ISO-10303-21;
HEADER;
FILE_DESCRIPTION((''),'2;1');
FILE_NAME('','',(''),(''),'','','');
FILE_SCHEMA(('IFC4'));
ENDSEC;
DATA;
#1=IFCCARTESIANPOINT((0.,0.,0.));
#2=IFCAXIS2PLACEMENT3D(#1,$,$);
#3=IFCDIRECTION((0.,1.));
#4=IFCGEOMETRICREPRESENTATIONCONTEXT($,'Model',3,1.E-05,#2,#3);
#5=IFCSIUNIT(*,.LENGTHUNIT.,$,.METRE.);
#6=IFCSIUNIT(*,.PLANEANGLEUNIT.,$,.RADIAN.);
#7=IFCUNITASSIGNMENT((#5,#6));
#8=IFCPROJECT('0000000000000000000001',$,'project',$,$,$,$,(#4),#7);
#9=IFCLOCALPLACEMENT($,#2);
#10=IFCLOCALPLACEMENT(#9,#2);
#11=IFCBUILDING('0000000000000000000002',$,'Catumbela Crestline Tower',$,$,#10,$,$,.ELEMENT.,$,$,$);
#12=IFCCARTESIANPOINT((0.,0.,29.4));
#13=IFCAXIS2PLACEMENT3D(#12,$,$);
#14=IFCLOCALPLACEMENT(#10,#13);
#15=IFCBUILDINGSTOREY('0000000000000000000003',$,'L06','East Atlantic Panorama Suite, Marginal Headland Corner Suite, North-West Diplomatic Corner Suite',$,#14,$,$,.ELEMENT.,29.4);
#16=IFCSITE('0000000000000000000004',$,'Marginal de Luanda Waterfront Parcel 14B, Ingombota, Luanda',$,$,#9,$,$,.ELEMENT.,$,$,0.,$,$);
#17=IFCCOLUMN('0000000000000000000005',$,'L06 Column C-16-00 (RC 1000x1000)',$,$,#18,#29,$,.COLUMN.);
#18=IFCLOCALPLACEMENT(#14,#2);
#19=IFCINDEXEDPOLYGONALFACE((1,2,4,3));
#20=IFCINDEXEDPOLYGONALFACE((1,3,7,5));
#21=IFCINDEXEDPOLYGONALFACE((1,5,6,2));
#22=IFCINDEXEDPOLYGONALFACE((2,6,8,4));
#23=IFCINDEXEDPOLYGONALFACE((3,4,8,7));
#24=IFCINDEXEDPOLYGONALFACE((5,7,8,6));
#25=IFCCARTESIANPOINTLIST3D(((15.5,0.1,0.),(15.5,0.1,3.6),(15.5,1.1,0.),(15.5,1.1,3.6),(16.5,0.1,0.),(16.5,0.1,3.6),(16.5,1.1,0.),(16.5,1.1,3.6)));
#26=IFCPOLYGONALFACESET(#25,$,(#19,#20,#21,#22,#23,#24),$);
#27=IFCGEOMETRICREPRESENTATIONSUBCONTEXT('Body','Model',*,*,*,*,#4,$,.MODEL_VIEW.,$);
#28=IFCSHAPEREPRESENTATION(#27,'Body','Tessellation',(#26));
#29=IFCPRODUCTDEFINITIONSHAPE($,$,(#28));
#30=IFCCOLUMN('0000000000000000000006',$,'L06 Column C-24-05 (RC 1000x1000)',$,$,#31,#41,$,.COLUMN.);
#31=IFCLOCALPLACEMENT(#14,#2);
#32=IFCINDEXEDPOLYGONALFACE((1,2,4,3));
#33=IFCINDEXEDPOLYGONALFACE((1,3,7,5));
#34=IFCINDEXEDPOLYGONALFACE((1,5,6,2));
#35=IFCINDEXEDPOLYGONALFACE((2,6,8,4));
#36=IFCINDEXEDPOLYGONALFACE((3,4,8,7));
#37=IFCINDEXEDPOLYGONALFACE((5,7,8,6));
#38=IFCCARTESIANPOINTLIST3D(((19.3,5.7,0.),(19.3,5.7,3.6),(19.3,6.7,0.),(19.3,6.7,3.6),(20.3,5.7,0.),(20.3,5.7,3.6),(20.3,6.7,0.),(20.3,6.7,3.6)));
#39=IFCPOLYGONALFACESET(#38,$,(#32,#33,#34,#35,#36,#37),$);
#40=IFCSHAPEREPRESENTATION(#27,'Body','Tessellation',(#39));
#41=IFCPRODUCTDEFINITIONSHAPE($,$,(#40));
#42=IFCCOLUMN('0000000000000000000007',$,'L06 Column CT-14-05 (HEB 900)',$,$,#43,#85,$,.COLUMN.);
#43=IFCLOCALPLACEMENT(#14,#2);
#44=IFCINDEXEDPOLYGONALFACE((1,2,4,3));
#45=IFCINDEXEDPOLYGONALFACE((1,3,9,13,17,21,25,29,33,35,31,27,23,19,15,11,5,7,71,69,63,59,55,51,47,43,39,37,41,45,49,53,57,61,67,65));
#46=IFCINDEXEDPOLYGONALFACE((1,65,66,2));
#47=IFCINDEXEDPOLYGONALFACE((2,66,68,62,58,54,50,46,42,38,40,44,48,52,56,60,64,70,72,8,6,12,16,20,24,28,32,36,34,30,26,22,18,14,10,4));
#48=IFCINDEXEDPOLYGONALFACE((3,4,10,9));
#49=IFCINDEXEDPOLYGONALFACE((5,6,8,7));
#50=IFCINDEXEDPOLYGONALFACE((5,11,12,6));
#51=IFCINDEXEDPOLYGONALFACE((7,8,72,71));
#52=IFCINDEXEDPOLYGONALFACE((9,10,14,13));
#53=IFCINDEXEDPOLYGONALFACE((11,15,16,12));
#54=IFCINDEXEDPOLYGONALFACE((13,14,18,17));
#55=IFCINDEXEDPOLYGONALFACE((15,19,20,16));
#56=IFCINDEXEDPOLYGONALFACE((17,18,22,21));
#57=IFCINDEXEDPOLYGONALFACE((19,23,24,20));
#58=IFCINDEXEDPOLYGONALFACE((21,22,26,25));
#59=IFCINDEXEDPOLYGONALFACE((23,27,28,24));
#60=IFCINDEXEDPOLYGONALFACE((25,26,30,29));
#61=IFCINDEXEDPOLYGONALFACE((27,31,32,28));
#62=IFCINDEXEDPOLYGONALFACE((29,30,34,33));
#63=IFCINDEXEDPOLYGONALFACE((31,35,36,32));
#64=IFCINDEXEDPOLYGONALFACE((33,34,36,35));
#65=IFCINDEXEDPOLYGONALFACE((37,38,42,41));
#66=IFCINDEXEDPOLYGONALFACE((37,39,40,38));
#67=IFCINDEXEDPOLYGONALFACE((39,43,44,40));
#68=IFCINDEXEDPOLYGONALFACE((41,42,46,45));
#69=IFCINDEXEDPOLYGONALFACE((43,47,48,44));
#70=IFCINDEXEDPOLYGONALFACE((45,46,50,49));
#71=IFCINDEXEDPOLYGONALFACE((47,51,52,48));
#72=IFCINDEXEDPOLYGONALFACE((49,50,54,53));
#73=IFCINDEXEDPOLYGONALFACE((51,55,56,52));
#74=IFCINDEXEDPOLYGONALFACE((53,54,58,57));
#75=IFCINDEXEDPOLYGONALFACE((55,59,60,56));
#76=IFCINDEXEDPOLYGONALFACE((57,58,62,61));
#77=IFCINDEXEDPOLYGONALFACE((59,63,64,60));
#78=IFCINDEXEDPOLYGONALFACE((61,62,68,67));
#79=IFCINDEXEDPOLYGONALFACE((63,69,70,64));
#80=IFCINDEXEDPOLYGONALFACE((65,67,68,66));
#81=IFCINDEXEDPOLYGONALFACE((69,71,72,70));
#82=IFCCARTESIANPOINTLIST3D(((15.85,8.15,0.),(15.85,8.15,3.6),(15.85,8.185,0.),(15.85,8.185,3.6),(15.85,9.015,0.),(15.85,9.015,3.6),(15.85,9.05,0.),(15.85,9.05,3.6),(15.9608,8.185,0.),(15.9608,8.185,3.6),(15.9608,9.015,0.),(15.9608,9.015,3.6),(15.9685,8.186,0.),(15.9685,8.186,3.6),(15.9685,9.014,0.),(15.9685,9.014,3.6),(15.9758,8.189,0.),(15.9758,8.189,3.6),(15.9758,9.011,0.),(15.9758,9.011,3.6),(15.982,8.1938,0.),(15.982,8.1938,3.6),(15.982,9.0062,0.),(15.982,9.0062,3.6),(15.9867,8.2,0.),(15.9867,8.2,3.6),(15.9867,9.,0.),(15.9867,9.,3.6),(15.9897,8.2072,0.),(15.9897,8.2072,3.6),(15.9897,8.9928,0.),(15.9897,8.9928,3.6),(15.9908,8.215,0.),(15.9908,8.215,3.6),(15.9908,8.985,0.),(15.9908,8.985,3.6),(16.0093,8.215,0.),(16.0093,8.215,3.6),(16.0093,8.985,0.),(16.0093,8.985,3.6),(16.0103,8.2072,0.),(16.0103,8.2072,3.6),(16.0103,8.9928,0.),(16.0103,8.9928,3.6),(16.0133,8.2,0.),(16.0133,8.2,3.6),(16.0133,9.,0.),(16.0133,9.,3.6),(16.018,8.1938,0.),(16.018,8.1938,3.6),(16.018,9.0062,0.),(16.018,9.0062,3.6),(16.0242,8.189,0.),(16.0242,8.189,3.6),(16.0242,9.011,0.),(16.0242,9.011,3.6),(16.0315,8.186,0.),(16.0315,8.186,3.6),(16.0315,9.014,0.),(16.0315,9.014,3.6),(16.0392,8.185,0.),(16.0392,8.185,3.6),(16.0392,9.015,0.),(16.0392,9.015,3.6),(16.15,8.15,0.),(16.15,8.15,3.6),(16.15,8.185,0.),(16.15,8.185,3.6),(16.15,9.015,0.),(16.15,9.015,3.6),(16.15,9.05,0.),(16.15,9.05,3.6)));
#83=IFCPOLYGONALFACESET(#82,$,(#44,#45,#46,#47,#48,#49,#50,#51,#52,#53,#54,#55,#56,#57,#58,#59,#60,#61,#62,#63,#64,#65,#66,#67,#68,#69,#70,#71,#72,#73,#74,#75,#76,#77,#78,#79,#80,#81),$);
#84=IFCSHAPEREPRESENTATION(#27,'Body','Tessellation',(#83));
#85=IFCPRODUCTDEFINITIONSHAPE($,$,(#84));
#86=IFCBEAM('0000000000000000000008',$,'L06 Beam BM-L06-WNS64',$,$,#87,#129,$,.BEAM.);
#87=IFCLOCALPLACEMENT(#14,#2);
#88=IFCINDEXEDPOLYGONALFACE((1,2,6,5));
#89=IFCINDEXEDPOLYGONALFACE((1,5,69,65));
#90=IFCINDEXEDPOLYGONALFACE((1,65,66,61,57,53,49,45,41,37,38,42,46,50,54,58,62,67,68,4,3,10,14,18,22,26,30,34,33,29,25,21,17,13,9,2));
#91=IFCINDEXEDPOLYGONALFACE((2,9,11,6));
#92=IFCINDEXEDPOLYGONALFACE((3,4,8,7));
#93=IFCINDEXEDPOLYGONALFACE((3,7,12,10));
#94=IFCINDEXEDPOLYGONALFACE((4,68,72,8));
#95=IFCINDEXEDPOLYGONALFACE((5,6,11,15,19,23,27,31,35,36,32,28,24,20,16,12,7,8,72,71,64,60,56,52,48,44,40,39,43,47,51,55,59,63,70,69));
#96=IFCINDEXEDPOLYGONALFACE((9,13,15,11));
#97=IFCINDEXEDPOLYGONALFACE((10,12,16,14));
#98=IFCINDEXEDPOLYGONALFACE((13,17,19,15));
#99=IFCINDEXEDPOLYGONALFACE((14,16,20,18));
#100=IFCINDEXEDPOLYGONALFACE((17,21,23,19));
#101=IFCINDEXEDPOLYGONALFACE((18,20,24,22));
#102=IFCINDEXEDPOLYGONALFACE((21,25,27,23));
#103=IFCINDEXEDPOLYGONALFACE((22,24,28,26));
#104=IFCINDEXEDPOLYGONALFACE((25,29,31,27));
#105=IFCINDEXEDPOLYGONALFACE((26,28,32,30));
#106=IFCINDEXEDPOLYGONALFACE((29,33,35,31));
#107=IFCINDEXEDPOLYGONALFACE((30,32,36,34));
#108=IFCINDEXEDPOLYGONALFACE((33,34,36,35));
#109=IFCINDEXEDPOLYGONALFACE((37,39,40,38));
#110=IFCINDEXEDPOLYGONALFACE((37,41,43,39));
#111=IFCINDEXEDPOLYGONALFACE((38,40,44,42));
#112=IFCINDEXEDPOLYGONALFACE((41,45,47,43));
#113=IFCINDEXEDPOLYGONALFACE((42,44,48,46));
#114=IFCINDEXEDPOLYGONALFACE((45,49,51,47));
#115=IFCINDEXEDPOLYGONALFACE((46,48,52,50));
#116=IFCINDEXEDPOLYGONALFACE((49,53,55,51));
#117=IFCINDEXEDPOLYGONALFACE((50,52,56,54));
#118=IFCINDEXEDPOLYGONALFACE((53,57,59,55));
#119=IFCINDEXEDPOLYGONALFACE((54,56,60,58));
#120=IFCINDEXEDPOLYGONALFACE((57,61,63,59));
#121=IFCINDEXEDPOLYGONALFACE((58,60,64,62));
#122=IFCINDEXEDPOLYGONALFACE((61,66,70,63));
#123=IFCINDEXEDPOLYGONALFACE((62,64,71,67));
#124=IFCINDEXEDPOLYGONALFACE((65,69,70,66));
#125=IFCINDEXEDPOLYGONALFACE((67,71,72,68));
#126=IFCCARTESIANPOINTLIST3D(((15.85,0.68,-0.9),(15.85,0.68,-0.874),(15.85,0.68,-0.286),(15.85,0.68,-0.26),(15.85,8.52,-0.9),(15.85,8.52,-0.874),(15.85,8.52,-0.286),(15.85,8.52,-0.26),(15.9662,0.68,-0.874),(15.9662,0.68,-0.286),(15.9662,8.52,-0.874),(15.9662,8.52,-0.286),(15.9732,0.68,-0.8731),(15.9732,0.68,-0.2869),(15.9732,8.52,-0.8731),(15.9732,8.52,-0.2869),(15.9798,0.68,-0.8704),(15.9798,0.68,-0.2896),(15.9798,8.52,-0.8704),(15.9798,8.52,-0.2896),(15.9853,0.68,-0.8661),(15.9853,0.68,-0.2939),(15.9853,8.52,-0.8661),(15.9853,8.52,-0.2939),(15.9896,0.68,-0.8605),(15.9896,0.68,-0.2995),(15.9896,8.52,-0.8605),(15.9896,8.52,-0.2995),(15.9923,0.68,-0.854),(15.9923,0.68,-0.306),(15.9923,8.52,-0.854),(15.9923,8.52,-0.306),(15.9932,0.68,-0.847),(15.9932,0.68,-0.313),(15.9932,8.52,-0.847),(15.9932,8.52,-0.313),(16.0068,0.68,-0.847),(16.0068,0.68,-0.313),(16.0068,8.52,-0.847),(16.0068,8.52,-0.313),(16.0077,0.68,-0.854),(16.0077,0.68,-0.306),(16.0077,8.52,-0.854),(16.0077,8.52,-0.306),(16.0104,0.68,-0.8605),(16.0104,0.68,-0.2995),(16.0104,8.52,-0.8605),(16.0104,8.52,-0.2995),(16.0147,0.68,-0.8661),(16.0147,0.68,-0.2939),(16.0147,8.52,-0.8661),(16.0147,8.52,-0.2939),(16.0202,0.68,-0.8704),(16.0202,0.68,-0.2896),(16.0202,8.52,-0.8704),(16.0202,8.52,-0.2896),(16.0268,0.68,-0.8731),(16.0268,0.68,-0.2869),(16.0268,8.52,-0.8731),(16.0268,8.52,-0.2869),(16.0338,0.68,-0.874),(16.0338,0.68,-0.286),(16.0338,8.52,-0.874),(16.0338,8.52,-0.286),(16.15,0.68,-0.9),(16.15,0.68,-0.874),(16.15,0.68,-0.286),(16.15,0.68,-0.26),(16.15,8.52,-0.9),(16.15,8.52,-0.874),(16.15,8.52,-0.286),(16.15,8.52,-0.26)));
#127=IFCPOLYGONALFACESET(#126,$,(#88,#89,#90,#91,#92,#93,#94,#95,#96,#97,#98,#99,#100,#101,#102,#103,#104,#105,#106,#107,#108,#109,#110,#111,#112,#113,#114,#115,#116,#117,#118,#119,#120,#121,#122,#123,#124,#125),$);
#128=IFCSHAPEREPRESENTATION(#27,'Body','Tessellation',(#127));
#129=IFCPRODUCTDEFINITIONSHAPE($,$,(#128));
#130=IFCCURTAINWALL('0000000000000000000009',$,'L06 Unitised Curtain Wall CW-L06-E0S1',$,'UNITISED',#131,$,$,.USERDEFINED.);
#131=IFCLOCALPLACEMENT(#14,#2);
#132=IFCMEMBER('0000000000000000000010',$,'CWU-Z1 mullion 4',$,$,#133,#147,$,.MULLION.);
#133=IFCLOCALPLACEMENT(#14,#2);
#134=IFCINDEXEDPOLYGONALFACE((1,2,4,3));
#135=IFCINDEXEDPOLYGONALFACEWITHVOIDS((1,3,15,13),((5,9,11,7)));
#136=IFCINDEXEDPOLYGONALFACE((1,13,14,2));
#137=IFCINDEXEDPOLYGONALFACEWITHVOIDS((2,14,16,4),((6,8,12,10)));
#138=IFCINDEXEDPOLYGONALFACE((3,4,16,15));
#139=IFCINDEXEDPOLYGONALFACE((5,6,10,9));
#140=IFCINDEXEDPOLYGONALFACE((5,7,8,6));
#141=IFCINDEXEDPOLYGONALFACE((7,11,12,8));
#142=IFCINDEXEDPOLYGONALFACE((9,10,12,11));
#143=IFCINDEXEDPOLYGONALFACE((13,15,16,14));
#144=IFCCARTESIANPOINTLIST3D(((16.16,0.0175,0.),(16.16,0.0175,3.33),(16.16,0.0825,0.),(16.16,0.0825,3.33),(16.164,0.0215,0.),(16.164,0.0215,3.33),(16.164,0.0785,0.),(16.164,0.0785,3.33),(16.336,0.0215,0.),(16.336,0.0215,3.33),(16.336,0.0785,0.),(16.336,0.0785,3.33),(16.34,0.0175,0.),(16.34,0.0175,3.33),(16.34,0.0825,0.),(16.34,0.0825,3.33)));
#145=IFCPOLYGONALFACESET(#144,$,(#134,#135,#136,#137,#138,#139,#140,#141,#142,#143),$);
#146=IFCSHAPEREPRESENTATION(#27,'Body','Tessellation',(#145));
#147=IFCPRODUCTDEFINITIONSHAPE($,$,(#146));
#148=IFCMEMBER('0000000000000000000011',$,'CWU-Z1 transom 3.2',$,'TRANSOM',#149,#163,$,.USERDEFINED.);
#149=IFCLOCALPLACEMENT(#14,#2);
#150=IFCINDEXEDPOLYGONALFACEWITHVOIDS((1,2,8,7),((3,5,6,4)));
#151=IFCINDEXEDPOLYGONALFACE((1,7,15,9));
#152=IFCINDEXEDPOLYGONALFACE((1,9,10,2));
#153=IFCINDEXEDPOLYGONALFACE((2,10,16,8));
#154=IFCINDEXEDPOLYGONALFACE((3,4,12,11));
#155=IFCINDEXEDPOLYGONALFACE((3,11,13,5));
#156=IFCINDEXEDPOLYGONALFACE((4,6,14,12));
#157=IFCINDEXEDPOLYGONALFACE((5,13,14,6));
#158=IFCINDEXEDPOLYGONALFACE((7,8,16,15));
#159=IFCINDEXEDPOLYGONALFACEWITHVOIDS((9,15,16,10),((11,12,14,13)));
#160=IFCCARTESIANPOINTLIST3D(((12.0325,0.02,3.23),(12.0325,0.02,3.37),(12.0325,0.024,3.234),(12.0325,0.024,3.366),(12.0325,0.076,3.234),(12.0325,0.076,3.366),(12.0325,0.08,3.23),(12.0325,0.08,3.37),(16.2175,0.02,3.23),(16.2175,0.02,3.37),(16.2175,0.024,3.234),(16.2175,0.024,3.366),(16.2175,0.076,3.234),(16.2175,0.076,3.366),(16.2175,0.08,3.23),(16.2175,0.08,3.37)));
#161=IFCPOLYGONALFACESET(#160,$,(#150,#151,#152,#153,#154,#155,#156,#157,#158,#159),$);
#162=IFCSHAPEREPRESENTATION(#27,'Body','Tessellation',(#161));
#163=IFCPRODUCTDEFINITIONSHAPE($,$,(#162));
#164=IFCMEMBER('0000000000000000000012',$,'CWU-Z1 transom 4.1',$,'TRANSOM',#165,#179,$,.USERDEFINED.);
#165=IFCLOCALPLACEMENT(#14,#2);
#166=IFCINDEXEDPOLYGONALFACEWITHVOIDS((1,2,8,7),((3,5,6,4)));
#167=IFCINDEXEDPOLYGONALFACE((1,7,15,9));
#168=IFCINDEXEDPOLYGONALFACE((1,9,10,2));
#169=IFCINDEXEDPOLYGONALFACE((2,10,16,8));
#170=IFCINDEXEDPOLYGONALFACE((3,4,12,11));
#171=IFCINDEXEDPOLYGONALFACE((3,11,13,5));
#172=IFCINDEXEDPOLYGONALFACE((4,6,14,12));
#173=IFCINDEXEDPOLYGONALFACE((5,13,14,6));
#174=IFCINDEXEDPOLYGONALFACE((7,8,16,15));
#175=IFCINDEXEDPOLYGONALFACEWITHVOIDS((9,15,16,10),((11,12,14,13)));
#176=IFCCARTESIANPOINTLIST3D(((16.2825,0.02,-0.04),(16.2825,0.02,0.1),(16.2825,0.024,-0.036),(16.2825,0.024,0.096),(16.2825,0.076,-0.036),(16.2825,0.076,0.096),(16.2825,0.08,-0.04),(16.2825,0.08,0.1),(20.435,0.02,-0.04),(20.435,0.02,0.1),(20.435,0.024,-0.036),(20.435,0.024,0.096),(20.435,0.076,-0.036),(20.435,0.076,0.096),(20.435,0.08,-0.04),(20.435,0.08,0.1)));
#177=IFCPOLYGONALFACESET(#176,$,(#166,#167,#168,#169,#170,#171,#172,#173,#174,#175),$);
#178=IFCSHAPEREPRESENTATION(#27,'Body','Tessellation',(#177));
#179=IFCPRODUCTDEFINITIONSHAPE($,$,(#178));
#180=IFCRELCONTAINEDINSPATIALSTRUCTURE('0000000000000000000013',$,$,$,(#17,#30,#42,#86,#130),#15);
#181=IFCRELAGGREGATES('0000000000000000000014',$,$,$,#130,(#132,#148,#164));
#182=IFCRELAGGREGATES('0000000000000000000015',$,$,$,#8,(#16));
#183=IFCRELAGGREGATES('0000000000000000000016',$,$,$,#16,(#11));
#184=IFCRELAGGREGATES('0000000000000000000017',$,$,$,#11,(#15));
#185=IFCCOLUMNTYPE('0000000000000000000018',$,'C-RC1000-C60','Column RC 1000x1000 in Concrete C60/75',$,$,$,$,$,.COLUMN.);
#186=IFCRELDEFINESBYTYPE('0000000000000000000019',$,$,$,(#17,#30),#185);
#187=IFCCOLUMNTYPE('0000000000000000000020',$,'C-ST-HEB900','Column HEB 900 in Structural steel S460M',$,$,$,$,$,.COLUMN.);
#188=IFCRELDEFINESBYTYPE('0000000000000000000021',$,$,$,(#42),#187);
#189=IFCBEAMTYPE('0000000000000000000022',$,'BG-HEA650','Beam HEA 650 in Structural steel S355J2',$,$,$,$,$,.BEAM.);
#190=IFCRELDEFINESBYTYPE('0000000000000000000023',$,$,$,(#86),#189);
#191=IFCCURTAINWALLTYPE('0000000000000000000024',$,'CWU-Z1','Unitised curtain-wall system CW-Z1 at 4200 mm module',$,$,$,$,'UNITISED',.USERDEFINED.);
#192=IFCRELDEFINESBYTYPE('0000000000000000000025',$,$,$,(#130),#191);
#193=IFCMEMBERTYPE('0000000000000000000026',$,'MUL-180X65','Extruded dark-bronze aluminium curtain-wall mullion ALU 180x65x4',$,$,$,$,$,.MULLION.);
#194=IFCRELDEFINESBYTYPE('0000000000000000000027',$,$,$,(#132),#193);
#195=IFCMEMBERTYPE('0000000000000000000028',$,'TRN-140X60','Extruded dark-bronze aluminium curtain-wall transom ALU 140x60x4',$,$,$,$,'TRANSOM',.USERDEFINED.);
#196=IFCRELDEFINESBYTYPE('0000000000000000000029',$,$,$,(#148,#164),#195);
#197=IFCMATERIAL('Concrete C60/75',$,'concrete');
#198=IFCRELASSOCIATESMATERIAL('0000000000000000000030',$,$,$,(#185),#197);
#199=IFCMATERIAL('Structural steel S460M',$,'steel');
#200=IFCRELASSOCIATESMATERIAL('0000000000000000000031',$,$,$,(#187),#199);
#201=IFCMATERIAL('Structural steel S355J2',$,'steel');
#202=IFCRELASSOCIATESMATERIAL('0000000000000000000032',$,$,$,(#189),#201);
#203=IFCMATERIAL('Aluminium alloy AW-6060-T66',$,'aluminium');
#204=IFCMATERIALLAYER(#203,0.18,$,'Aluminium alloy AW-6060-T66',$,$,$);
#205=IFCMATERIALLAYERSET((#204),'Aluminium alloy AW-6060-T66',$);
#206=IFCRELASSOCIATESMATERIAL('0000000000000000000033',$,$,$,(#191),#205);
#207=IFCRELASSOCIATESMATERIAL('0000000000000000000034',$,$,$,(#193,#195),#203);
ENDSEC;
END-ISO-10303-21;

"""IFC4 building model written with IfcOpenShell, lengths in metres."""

from ifc_helpers import new_model, si_unit, direction, frame, origin, origin_2d, place, context, subcontext, project, spatial, rectangle, hollow_rectangle, i_section, extrude, material, layer, layer_set, material_profile, profile_set, type_object, element, aggregate, save


model = new_model("IFC4")

# Units and contexts
model_context = context("Model", 3, precision=1e-05, world=origin(), true_north=direction((0.0, 1.0)))
body_context = subcontext(model_context, "Body", "Model", "MODEL_VIEW")
ifc_project = project(units=[si_unit("LENGTHUNIT", "METRE"), si_unit("PLANEANGLEUNIT", "RADIAN")], contexts=[model_context])

# Site, building, storey
site_placement = place(None, origin())
site = spatial("IfcSite", under=ifc_project, at=site_placement, Name="Marginal de Luanda Waterfront Parcel 14B, Ingombota, Luanda", CompositionType="ELEMENT", RefElevation=0.0)
building_placement = place(site_placement, origin())
building = spatial("IfcBuilding", under=site, at=building_placement, Name="Catumbela Crestline Tower", CompositionType="ELEMENT")
storey_placement = place(building_placement, frame((0.0, 0.0, 29.4)))
storey = spatial("IfcBuildingStorey", under=building, at=storey_placement, Name="L06", Description="East Atlantic Panorama Suite, Marginal Headland Corner Suite, North-West Diplomatic Corner Suite", CompositionType="ELEMENT", Elevation=29.4)

# Columns
ifc_material_1 = material(Name="Concrete C60/75", Category="concrete")
ifc_material_profile_1 = material_profile(ifc_material_1, rectangle(XDim=1.0, YDim=1.0, at=origin_2d()), Name="RC 1000x1000")
ifc_profile_set_1 = profile_set([ifc_material_profile_1], Name="Concrete C60/75")
column_type_1 = type_object("IfcColumnType", Name="C-RC1000-C60", Description="Column RC 1000x1000 in Concrete C60/75", PredefinedType="COLUMN", material=ifc_profile_set_1)
for number, where, z_axis, x_axis, name in (
    (1, (16.0, 0.6, 0.0), (0.0, 0.0, 1.0), (1.0, 0.0, 0.0), "L06 Column C-16-00 (RC 1000x1000)"),
    (2, (19.8, 6.2, 0.0), (0.0, 0.0, 1.0), (1.0, 0.0, 0.0), "L06 Column C-24-05 (RC 1000x1000)"),
):
    element("IfcColumn", number, at=place(storey_placement, frame(where, z_axis=z_axis, x_axis=x_axis)), inside=storey, type_object=column_type_1, Name=name, PredefinedType="COLUMN", context=body_context, shape_type="SweptSolid", body=[
        extrude(rectangle(XDim=1.0, YDim=1.0, at=origin_2d()), origin(), (0.0, 0.0, 1.0), 3.6),
    ])
ifc_material_2 = material(Name="Structural steel S460M", Category="steel")
ifc_material_profile_2 = material_profile(ifc_material_2, i_section(OverallWidth=0.3, OverallDepth=0.9, WebThickness=0.0185, FlangeThickness=0.035, FilletRadius=0.03, at=origin_2d()), Name="HEB 900")
ifc_profile_set_2 = profile_set([ifc_material_profile_2], Name="Structural steel S460M")
column_type_2 = type_object("IfcColumnType", Name="C-ST-HEB900", Description="Column HEB 900 in Structural steel S460M", PredefinedType="COLUMN", material=ifc_profile_set_2)
column_placement = place(storey_placement, frame((16.0, 8.6, 0.0), z_axis=(0.0, 0.0, 1.0), x_axis=(1.0, 0.0, 0.0)))
element("IfcColumn", 3, at=column_placement, inside=storey, type_object=column_type_2, Name="L06 Column CT-14-05 (HEB 900)", PredefinedType="COLUMN", context=body_context, shape_type="SweptSolid", body=[
    extrude(i_section(OverallWidth=0.3, OverallDepth=0.9, WebThickness=0.0185, FlangeThickness=0.035, FilletRadius=0.03, at=origin_2d()), origin(), (0.0, 0.0, 1.0), 3.6),
])

# Beam
ifc_material_3 = material(Name="Structural steel S355J2", Category="steel")
ifc_material_profile_3 = material_profile(ifc_material_3, i_section(OverallWidth=0.3, OverallDepth=0.64, WebThickness=0.0135, FlangeThickness=0.026, FilletRadius=0.027, at=origin_2d()), Name="HEA 650")
ifc_profile_set_3 = profile_set([ifc_material_profile_3], Name="Structural steel S355J2")
beam_type = type_object("IfcBeamType", Name="BG-HEA650", Description="Beam HEA 650 in Structural steel S355J2", PredefinedType="BEAM", material=ifc_profile_set_3)
beam_placement = place(storey_placement, frame((16.0, 0.68, -0.58), z_axis=(0.0, 1.0, 0.0), x_axis=(-1.0, 0.0, 0.0)))
element("IfcBeam", 4, at=beam_placement, inside=storey, type_object=beam_type, Name="L06 Beam BM-L06-WNS64", PredefinedType="BEAM", context=body_context, shape_type="SweptSolid", body=[
    extrude(i_section(OverallWidth=0.3, OverallDepth=0.64, WebThickness=0.0135, FlangeThickness=0.026, FilletRadius=0.027, at=origin_2d()), origin(), (0.0, 0.0, 1.0), 7.84),
])

# Curtain wall, members
ifc_material_4 = material(Name="Aluminium alloy AW-6060-T66", Category="aluminium")
ifc_layer_1 = layer(ifc_material_4, 0.18, Name="Aluminium alloy AW-6060-T66")
ifc_layer_set_1 = layer_set([ifc_layer_1], Name="Aluminium alloy AW-6060-T66")
curtain_wall_type = type_object("IfcCurtainWallType", Name="CWU-Z1", Description="Unitised curtain-wall system CW-Z1 at 4200 mm module", ElementType="UNITISED", PredefinedType="USERDEFINED", material=ifc_layer_set_1)
curtain_wall_placement = place(storey_placement, origin())
curtain_wall = element("IfcCurtainWall", 5, at=curtain_wall_placement, inside=storey, type_object=curtain_wall_type, Name="L06 Unitised Curtain Wall CW-L06-E0S1", ObjectType="UNITISED", PredefinedType="USERDEFINED")
ifc_material_profile_4 = material_profile(ifc_material_4, hollow_rectangle(XDim=0.065, YDim=0.18, WallThickness=0.004, at=origin_2d()), Name="ALU 180x65x4")
ifc_profile_set_4 = profile_set([ifc_material_profile_4], Name="Aluminium alloy AW-6060-T66")
member_type_1 = type_object("IfcMemberType", Name="MUL-180X65", Description="Extruded dark-bronze aluminium curtain-wall mullion ALU 180x65x4", PredefinedType="MULLION", material=ifc_profile_set_4)
member_1_placement = place(storey_placement, frame((16.25, 0.05, 0.0), z_axis=(0.0, 0.0, 1.0), x_axis=(0.0, 1.0, 0.0)))
member_1 = element("IfcMember", 6, at=member_1_placement, type_object=member_type_1, Name="CWU-Z1 mullion 4", PredefinedType="MULLION", context=body_context, shape_type="SweptSolid", body=[
    extrude(hollow_rectangle(XDim=0.065, YDim=0.18, WallThickness=0.004, at=origin_2d()), origin(), (0.0, 0.0, 1.0), 3.33),
])
ifc_material_profile_5 = material_profile(ifc_material_4, hollow_rectangle(XDim=0.06, YDim=0.14, WallThickness=0.004, at=origin_2d()), Name="ALU 140x60x4")
ifc_profile_set_5 = profile_set([ifc_material_profile_5], Name="Aluminium alloy AW-6060-T66")
member_type_2 = type_object("IfcMemberType", Name="TRN-140X60", Description="Extruded dark-bronze aluminium curtain-wall transom ALU 140x60x4", ElementType="TRANSOM", PredefinedType="USERDEFINED", material=ifc_profile_set_5)
member_2_placement = place(storey_placement, frame((12.0325, 0.05, 3.3), z_axis=(1.0, 0.0, 0.0), x_axis=(0.0, 1.0, 0.0)))
member_2 = element("IfcMember", 7, at=member_2_placement, type_object=member_type_2, Name="CWU-Z1 transom 3.2", ObjectType="TRANSOM", PredefinedType="USERDEFINED", context=body_context, shape_type="SweptSolid", body=[
    extrude(hollow_rectangle(XDim=0.06, YDim=0.14, WallThickness=0.004, at=origin_2d()), origin(), (0.0, 0.0, 1.0), 4.185),
])
member_3_placement = place(storey_placement, frame((16.2825, 0.05, 0.03), z_axis=(1.0, 0.0, 0.0), x_axis=(0.0, 1.0, 0.0)))
member_3 = element("IfcMember", 8, at=member_3_placement, type_object=member_type_2, Name="CWU-Z1 transom 4.1", ObjectType="TRANSOM", PredefinedType="USERDEFINED", context=body_context, shape_type="SweptSolid", body=[
    extrude(hollow_rectangle(XDim=0.06, YDim=0.14, WallThickness=0.004, at=origin_2d()), origin(), (0.0, 0.0, 1.0), 4.1525),
])
aggregate(curtain_wall, [member_1, member_2, member_3])

save(model, "model.ifc")
